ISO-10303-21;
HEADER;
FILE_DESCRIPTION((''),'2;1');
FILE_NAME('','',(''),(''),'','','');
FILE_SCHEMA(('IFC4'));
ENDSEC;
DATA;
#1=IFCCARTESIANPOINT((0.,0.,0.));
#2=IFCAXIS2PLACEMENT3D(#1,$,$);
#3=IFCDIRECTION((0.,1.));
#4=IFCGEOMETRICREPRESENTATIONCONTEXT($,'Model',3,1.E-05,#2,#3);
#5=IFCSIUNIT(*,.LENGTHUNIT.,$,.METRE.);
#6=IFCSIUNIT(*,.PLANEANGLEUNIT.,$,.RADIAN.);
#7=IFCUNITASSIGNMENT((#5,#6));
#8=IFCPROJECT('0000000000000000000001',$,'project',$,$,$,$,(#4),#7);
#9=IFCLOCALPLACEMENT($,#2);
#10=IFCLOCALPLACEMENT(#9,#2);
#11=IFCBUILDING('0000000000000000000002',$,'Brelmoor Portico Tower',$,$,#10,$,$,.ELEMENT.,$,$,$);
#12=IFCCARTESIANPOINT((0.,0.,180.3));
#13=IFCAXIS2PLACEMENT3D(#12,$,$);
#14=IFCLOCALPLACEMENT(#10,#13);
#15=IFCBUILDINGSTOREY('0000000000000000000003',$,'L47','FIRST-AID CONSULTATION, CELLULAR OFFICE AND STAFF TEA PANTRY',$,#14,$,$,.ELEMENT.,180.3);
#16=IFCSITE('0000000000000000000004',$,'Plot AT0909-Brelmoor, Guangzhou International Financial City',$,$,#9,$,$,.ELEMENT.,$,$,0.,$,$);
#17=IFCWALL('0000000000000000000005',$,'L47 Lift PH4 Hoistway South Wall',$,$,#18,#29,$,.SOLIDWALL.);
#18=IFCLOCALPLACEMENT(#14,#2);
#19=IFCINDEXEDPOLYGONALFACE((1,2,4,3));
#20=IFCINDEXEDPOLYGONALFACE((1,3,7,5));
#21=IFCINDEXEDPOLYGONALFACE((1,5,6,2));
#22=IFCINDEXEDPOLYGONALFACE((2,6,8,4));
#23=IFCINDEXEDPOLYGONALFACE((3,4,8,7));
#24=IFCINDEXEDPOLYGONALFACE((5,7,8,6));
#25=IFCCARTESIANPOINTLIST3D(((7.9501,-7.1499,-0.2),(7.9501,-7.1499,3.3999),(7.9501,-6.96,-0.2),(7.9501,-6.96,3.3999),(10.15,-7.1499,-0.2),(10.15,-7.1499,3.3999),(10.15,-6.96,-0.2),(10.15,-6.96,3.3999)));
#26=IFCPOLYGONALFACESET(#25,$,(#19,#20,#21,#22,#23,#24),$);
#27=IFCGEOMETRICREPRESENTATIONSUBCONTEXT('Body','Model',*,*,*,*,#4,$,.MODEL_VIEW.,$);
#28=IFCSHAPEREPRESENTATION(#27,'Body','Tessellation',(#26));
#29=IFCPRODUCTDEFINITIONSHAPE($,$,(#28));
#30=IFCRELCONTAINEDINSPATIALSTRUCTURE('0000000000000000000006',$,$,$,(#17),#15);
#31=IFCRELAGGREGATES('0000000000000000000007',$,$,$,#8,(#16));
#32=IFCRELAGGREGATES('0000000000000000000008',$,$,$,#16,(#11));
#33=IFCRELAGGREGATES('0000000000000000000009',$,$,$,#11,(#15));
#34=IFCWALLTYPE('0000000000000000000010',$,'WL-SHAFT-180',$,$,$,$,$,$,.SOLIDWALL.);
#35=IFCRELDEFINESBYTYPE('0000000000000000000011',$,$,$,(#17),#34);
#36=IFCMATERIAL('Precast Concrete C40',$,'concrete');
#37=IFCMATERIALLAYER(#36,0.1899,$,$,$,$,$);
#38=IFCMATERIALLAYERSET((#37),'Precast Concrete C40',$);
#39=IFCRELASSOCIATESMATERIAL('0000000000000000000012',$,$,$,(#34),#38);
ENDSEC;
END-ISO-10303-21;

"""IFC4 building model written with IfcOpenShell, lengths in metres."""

from ifc_helpers import new_model, si_unit, direction, frame, frame_2d, origin, place, context, subcontext, project, spatial, rectangle, extrude, material, layer, layer_set, type_object, element, save


model = new_model("IFC4")

# Units and contexts
model_context = context("Model", 3, precision=1e-05, world=origin(), true_north=direction((0.0, 1.0)))
body_context = subcontext(model_context, "Body", "Model", "MODEL_VIEW")
ifc_project = project(units=[si_unit("LENGTHUNIT", "METRE"), si_unit("PLANEANGLEUNIT", "RADIAN")], contexts=[model_context])

# Site, building, storey
site_placement = place(None, origin())
site = spatial("IfcSite", under=ifc_project, at=site_placement, Name="Plot AT0909-Brelmoor, Guangzhou International Financial City", CompositionType="ELEMENT", RefElevation=0.0)
building_placement = place(site_placement, origin())
building = spatial("IfcBuilding", under=site, at=building_placement, Name="Brelmoor Portico Tower", CompositionType="ELEMENT")
storey_placement = place(building_placement, frame((0.0, 0.0, 180.3)))
storey = spatial("IfcBuildingStorey", under=building, at=storey_placement, Name="L47", Description="FIRST-AID CONSULTATION, CELLULAR OFFICE AND STAFF TEA PANTRY", CompositionType="ELEMENT", Elevation=180.3)

# Shared definitions
ifc_material_1 = material(Name="Precast Concrete C40", Category="concrete")
ifc_layer_1 = layer(ifc_material_1, 0.1899)
ifc_layer_set_1 = layer_set([ifc_layer_1], Name="Precast Concrete C40")
wall_type_1 = type_object("IfcWallType", Name="WL-SHAFT-180", PredefinedType="SOLIDWALL", material=ifc_layer_set_1)

# Wall
for number, where, z_axis, x_axis, name in (
    (1, (7.95, -7.0549, -0.2), (0.0, 0.0, 1.0), (1.0, 0.0, 0.0), "L47 Lift PH4 Hoistway South Wall"),
):
    element("IfcWall", number, at=place(storey_placement, frame(where, z_axis=z_axis, x_axis=x_axis)), inside=storey, type_object=wall_type_1, Name=name, PredefinedType="SOLIDWALL", context=body_context, shape_type="SweptSolid", body=[
        extrude(rectangle(XDim=2.2, YDim=0.1899, at=frame_2d((1.1001, 0.0))), origin(), (0.0, 0.0, 1.0), 3.5999),
    ])

save(model, "model.ifc")
